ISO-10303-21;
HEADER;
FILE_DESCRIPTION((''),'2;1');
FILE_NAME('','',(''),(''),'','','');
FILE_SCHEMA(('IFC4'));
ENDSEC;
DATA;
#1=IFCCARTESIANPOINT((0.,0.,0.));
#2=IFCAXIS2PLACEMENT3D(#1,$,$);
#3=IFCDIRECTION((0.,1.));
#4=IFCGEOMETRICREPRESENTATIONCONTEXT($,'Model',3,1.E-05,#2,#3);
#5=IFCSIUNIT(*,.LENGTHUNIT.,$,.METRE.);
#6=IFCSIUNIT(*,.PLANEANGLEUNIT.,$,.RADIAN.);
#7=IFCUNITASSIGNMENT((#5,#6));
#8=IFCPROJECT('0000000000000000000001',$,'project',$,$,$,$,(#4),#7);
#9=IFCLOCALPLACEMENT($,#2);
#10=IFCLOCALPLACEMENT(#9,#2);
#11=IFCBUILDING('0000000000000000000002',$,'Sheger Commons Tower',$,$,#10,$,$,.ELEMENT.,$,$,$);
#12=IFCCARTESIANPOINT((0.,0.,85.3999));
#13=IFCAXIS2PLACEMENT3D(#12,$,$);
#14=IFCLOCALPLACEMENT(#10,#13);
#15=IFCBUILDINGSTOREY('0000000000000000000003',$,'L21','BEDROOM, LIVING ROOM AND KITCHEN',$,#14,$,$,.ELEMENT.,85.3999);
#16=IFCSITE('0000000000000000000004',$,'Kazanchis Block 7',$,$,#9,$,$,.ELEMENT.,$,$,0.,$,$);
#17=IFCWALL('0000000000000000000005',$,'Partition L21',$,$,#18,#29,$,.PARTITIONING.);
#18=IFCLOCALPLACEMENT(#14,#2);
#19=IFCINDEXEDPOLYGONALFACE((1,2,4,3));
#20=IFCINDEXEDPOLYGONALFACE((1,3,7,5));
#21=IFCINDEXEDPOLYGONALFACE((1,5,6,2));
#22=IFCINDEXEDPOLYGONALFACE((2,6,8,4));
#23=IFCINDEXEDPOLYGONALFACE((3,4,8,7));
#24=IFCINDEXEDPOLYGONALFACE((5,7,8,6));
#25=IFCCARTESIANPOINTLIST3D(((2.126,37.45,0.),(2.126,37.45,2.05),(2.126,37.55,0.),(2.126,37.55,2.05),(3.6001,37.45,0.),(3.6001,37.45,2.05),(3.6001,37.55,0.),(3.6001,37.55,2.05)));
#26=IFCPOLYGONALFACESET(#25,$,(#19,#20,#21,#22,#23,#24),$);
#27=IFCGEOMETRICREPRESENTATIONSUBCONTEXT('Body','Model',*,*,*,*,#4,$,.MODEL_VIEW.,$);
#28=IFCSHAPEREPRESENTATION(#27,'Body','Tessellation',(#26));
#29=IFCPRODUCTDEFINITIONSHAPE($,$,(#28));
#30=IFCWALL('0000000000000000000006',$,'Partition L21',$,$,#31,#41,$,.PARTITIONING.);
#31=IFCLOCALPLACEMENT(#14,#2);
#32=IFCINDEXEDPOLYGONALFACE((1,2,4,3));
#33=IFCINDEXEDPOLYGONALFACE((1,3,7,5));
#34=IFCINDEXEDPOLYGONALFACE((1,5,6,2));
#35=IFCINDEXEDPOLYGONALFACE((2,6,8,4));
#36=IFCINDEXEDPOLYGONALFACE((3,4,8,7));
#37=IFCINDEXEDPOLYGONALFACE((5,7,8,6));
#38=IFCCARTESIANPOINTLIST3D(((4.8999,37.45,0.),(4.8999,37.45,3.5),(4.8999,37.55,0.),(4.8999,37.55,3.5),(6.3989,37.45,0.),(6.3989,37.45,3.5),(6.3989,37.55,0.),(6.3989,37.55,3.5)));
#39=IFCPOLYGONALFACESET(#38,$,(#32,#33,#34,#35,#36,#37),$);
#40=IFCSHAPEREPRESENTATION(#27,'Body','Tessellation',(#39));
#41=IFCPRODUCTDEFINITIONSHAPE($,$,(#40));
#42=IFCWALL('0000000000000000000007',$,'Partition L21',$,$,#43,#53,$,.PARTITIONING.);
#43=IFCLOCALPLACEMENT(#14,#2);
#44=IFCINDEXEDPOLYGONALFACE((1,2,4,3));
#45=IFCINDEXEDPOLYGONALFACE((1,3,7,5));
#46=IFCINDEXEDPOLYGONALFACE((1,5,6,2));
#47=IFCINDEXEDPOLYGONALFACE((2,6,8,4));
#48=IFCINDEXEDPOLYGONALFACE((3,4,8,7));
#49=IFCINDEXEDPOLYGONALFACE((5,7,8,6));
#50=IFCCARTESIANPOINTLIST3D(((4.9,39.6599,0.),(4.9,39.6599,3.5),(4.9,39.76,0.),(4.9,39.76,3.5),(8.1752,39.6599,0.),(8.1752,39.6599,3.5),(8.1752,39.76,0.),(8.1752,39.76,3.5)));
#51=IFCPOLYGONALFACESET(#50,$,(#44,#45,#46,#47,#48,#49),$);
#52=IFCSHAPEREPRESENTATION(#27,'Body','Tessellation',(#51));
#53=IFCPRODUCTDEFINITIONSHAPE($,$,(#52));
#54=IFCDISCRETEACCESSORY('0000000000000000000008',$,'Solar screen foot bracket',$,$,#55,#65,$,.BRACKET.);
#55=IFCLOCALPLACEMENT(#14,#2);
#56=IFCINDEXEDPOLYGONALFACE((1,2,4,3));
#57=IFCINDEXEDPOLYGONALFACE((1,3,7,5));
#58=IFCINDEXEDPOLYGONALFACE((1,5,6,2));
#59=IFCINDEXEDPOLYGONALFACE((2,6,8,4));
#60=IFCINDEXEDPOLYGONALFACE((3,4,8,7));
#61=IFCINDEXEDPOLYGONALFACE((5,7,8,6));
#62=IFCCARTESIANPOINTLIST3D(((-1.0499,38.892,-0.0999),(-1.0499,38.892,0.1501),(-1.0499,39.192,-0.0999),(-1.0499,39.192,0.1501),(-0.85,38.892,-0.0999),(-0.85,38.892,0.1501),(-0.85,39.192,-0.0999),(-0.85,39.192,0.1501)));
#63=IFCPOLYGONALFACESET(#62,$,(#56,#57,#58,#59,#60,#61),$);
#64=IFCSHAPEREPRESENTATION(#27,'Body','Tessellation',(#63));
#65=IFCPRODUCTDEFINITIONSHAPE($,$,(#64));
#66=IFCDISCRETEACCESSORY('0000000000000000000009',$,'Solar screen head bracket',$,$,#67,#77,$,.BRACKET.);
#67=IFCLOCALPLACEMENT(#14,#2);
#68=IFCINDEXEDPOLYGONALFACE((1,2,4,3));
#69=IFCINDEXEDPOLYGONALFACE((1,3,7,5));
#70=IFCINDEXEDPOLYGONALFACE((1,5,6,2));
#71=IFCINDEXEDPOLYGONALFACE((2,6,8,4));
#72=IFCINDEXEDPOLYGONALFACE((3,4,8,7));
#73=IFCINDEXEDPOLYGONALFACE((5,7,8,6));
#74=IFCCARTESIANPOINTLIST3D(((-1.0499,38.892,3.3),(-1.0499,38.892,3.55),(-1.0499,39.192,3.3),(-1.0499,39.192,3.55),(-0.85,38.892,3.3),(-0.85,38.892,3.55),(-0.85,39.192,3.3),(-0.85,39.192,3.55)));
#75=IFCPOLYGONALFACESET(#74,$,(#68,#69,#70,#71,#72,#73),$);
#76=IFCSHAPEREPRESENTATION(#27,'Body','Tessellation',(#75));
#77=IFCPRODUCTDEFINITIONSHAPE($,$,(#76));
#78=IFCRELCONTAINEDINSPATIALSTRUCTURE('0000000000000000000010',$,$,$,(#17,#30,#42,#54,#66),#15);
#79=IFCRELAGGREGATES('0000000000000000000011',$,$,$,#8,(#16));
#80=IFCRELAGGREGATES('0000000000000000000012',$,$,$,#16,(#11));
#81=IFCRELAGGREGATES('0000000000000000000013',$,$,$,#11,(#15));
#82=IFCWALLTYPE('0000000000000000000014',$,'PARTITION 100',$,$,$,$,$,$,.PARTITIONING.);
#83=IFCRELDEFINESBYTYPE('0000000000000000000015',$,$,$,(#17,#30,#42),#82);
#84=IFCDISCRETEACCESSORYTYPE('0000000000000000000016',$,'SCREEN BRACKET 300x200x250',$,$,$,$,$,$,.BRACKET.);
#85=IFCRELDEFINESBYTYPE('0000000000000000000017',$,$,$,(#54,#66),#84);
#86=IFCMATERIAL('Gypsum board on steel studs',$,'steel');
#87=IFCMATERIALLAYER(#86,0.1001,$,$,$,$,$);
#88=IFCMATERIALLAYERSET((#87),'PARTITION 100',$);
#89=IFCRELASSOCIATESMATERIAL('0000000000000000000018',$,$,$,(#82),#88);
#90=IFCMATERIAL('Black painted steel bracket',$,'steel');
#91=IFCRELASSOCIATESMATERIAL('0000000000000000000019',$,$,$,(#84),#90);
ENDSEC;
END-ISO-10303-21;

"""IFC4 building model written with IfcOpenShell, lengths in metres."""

from ifc_helpers import new_model, si_unit, direction, frame, frame_2d, origin, origin_2d, place, context, subcontext, project, spatial, rectangle, extrude, material, layer, layer_set, type_object, element, save


model = new_model("IFC4")

# Units and contexts
model_context = context("Model", 3, precision=1e-05, world=origin(), true_north=direction((0.0, 1.0)))
body_context = subcontext(model_context, "Body", "Model", "MODEL_VIEW")
ifc_project = project(units=[si_unit("LENGTHUNIT", "METRE"), si_unit("PLANEANGLEUNIT", "RADIAN")], contexts=[model_context])

# Site, building, storey
site_placement = place(None, origin())
site = spatial("IfcSite", under=ifc_project, at=site_placement, Name="Kazanchis Block 7", CompositionType="ELEMENT", RefElevation=0.0)
building_placement = place(site_placement, origin())
building = spatial("IfcBuilding", under=site, at=building_placement, Name="Sheger Commons Tower", CompositionType="ELEMENT")
storey_placement = place(building_placement, frame((0.0, 0.0, 85.3999)))
storey = spatial("IfcBuildingStorey", under=building, at=storey_placement, Name="L21", Description="BEDROOM, LIVING ROOM AND KITCHEN", CompositionType="ELEMENT", Elevation=85.3999)

# Shared definitions
ifc_material_1 = material(Name="Gypsum board on steel studs", Category="steel")
ifc_layer_1 = layer(ifc_material_1, 0.1001)
ifc_layer_set_1 = layer_set([ifc_layer_1], Name="PARTITION 100")
wall_type_1 = type_object("IfcWallType", Name="PARTITION 100", PredefinedType="PARTITIONING", material=ifc_layer_set_1)

# Walls
wall_1_placement = place(storey_placement, frame((2.126, 37.5, 0.0), z_axis=(0.0, 0.0, 1.0), x_axis=(1.0, 0.0, 0.0)))
element("IfcWall", 1, at=wall_1_placement, inside=storey, type_object=wall_type_1, Name="Partition L21", PredefinedType="PARTITIONING", context=body_context, shape_type="SweptSolid", body=[
    extrude(rectangle(XDim=1.4741, YDim=0.1001, at=frame_2d((0.7371, 0.0))), origin(), (0.0, 0.0, 1.0), 2.05),
])
wall_2_placement = place(storey_placement, frame((4.8999, 37.5, 0.0), z_axis=(0.0, 0.0, 1.0), x_axis=(1.0, 0.0, 0.0)))
element("IfcWall", 2, at=wall_2_placement, inside=storey, type_object=wall_type_1, Name="Partition L21", PredefinedType="PARTITIONING", context=body_context, shape_type="SweptSolid", body=[
    extrude(rectangle(XDim=1.499, YDim=0.1001, at=frame_2d((0.7495, 0.0))), origin(), (0.0, 0.0, 1.0), 3.5),
])
wall_3_placement = place(storey_placement, frame((4.8999, 39.71, 0.0), z_axis=(0.0, 0.0, 1.0), x_axis=(1.0, 0.0, 0.0)))
element("IfcWall", 3, at=wall_3_placement, inside=storey, type_object=wall_type_1, Name="Partition L21", PredefinedType="PARTITIONING", context=body_context, shape_type="SweptSolid", body=[
    extrude(rectangle(XDim=3.2751, YDim=0.1001, at=frame_2d((1.6377, 0.0))), origin(), (0.0, 0.0, 1.0), 3.5),
])

# Discrete accessories
ifc_material_2 = material(Name="Black painted steel bracket", Category="steel")
discrete_accessory_type = type_object("IfcDiscreteAccessoryType", Name="SCREEN BRACKET 300x200x250", PredefinedType="BRACKET", material=ifc_material_2)
for number, where, z_axis, x_axis, name in (
    (4, (-0.95, 39.042, -0.0999), (0.0, 0.0, 1.0), (0.0, -1.0, 0.0), "Solar screen foot bracket"),
    (5, (-0.95, 39.042, 3.3), (0.0, 0.0, 1.0), (0.0, -1.0, 0.0), "Solar screen head bracket"),
):
    element("IfcDiscreteAccessory", number, at=place(storey_placement, frame(where, z_axis=z_axis, x_axis=x_axis)), inside=storey, type_object=discrete_accessory_type, Name=name, PredefinedType="BRACKET", context=body_context, shape_type="SweptSolid", body=[
        extrude(rectangle(XDim=0.3, YDim=0.2, at=origin_2d()), origin(), (0.0, 0.0, 1.0), 0.25),
    ])

save(model, "model.ifc")
